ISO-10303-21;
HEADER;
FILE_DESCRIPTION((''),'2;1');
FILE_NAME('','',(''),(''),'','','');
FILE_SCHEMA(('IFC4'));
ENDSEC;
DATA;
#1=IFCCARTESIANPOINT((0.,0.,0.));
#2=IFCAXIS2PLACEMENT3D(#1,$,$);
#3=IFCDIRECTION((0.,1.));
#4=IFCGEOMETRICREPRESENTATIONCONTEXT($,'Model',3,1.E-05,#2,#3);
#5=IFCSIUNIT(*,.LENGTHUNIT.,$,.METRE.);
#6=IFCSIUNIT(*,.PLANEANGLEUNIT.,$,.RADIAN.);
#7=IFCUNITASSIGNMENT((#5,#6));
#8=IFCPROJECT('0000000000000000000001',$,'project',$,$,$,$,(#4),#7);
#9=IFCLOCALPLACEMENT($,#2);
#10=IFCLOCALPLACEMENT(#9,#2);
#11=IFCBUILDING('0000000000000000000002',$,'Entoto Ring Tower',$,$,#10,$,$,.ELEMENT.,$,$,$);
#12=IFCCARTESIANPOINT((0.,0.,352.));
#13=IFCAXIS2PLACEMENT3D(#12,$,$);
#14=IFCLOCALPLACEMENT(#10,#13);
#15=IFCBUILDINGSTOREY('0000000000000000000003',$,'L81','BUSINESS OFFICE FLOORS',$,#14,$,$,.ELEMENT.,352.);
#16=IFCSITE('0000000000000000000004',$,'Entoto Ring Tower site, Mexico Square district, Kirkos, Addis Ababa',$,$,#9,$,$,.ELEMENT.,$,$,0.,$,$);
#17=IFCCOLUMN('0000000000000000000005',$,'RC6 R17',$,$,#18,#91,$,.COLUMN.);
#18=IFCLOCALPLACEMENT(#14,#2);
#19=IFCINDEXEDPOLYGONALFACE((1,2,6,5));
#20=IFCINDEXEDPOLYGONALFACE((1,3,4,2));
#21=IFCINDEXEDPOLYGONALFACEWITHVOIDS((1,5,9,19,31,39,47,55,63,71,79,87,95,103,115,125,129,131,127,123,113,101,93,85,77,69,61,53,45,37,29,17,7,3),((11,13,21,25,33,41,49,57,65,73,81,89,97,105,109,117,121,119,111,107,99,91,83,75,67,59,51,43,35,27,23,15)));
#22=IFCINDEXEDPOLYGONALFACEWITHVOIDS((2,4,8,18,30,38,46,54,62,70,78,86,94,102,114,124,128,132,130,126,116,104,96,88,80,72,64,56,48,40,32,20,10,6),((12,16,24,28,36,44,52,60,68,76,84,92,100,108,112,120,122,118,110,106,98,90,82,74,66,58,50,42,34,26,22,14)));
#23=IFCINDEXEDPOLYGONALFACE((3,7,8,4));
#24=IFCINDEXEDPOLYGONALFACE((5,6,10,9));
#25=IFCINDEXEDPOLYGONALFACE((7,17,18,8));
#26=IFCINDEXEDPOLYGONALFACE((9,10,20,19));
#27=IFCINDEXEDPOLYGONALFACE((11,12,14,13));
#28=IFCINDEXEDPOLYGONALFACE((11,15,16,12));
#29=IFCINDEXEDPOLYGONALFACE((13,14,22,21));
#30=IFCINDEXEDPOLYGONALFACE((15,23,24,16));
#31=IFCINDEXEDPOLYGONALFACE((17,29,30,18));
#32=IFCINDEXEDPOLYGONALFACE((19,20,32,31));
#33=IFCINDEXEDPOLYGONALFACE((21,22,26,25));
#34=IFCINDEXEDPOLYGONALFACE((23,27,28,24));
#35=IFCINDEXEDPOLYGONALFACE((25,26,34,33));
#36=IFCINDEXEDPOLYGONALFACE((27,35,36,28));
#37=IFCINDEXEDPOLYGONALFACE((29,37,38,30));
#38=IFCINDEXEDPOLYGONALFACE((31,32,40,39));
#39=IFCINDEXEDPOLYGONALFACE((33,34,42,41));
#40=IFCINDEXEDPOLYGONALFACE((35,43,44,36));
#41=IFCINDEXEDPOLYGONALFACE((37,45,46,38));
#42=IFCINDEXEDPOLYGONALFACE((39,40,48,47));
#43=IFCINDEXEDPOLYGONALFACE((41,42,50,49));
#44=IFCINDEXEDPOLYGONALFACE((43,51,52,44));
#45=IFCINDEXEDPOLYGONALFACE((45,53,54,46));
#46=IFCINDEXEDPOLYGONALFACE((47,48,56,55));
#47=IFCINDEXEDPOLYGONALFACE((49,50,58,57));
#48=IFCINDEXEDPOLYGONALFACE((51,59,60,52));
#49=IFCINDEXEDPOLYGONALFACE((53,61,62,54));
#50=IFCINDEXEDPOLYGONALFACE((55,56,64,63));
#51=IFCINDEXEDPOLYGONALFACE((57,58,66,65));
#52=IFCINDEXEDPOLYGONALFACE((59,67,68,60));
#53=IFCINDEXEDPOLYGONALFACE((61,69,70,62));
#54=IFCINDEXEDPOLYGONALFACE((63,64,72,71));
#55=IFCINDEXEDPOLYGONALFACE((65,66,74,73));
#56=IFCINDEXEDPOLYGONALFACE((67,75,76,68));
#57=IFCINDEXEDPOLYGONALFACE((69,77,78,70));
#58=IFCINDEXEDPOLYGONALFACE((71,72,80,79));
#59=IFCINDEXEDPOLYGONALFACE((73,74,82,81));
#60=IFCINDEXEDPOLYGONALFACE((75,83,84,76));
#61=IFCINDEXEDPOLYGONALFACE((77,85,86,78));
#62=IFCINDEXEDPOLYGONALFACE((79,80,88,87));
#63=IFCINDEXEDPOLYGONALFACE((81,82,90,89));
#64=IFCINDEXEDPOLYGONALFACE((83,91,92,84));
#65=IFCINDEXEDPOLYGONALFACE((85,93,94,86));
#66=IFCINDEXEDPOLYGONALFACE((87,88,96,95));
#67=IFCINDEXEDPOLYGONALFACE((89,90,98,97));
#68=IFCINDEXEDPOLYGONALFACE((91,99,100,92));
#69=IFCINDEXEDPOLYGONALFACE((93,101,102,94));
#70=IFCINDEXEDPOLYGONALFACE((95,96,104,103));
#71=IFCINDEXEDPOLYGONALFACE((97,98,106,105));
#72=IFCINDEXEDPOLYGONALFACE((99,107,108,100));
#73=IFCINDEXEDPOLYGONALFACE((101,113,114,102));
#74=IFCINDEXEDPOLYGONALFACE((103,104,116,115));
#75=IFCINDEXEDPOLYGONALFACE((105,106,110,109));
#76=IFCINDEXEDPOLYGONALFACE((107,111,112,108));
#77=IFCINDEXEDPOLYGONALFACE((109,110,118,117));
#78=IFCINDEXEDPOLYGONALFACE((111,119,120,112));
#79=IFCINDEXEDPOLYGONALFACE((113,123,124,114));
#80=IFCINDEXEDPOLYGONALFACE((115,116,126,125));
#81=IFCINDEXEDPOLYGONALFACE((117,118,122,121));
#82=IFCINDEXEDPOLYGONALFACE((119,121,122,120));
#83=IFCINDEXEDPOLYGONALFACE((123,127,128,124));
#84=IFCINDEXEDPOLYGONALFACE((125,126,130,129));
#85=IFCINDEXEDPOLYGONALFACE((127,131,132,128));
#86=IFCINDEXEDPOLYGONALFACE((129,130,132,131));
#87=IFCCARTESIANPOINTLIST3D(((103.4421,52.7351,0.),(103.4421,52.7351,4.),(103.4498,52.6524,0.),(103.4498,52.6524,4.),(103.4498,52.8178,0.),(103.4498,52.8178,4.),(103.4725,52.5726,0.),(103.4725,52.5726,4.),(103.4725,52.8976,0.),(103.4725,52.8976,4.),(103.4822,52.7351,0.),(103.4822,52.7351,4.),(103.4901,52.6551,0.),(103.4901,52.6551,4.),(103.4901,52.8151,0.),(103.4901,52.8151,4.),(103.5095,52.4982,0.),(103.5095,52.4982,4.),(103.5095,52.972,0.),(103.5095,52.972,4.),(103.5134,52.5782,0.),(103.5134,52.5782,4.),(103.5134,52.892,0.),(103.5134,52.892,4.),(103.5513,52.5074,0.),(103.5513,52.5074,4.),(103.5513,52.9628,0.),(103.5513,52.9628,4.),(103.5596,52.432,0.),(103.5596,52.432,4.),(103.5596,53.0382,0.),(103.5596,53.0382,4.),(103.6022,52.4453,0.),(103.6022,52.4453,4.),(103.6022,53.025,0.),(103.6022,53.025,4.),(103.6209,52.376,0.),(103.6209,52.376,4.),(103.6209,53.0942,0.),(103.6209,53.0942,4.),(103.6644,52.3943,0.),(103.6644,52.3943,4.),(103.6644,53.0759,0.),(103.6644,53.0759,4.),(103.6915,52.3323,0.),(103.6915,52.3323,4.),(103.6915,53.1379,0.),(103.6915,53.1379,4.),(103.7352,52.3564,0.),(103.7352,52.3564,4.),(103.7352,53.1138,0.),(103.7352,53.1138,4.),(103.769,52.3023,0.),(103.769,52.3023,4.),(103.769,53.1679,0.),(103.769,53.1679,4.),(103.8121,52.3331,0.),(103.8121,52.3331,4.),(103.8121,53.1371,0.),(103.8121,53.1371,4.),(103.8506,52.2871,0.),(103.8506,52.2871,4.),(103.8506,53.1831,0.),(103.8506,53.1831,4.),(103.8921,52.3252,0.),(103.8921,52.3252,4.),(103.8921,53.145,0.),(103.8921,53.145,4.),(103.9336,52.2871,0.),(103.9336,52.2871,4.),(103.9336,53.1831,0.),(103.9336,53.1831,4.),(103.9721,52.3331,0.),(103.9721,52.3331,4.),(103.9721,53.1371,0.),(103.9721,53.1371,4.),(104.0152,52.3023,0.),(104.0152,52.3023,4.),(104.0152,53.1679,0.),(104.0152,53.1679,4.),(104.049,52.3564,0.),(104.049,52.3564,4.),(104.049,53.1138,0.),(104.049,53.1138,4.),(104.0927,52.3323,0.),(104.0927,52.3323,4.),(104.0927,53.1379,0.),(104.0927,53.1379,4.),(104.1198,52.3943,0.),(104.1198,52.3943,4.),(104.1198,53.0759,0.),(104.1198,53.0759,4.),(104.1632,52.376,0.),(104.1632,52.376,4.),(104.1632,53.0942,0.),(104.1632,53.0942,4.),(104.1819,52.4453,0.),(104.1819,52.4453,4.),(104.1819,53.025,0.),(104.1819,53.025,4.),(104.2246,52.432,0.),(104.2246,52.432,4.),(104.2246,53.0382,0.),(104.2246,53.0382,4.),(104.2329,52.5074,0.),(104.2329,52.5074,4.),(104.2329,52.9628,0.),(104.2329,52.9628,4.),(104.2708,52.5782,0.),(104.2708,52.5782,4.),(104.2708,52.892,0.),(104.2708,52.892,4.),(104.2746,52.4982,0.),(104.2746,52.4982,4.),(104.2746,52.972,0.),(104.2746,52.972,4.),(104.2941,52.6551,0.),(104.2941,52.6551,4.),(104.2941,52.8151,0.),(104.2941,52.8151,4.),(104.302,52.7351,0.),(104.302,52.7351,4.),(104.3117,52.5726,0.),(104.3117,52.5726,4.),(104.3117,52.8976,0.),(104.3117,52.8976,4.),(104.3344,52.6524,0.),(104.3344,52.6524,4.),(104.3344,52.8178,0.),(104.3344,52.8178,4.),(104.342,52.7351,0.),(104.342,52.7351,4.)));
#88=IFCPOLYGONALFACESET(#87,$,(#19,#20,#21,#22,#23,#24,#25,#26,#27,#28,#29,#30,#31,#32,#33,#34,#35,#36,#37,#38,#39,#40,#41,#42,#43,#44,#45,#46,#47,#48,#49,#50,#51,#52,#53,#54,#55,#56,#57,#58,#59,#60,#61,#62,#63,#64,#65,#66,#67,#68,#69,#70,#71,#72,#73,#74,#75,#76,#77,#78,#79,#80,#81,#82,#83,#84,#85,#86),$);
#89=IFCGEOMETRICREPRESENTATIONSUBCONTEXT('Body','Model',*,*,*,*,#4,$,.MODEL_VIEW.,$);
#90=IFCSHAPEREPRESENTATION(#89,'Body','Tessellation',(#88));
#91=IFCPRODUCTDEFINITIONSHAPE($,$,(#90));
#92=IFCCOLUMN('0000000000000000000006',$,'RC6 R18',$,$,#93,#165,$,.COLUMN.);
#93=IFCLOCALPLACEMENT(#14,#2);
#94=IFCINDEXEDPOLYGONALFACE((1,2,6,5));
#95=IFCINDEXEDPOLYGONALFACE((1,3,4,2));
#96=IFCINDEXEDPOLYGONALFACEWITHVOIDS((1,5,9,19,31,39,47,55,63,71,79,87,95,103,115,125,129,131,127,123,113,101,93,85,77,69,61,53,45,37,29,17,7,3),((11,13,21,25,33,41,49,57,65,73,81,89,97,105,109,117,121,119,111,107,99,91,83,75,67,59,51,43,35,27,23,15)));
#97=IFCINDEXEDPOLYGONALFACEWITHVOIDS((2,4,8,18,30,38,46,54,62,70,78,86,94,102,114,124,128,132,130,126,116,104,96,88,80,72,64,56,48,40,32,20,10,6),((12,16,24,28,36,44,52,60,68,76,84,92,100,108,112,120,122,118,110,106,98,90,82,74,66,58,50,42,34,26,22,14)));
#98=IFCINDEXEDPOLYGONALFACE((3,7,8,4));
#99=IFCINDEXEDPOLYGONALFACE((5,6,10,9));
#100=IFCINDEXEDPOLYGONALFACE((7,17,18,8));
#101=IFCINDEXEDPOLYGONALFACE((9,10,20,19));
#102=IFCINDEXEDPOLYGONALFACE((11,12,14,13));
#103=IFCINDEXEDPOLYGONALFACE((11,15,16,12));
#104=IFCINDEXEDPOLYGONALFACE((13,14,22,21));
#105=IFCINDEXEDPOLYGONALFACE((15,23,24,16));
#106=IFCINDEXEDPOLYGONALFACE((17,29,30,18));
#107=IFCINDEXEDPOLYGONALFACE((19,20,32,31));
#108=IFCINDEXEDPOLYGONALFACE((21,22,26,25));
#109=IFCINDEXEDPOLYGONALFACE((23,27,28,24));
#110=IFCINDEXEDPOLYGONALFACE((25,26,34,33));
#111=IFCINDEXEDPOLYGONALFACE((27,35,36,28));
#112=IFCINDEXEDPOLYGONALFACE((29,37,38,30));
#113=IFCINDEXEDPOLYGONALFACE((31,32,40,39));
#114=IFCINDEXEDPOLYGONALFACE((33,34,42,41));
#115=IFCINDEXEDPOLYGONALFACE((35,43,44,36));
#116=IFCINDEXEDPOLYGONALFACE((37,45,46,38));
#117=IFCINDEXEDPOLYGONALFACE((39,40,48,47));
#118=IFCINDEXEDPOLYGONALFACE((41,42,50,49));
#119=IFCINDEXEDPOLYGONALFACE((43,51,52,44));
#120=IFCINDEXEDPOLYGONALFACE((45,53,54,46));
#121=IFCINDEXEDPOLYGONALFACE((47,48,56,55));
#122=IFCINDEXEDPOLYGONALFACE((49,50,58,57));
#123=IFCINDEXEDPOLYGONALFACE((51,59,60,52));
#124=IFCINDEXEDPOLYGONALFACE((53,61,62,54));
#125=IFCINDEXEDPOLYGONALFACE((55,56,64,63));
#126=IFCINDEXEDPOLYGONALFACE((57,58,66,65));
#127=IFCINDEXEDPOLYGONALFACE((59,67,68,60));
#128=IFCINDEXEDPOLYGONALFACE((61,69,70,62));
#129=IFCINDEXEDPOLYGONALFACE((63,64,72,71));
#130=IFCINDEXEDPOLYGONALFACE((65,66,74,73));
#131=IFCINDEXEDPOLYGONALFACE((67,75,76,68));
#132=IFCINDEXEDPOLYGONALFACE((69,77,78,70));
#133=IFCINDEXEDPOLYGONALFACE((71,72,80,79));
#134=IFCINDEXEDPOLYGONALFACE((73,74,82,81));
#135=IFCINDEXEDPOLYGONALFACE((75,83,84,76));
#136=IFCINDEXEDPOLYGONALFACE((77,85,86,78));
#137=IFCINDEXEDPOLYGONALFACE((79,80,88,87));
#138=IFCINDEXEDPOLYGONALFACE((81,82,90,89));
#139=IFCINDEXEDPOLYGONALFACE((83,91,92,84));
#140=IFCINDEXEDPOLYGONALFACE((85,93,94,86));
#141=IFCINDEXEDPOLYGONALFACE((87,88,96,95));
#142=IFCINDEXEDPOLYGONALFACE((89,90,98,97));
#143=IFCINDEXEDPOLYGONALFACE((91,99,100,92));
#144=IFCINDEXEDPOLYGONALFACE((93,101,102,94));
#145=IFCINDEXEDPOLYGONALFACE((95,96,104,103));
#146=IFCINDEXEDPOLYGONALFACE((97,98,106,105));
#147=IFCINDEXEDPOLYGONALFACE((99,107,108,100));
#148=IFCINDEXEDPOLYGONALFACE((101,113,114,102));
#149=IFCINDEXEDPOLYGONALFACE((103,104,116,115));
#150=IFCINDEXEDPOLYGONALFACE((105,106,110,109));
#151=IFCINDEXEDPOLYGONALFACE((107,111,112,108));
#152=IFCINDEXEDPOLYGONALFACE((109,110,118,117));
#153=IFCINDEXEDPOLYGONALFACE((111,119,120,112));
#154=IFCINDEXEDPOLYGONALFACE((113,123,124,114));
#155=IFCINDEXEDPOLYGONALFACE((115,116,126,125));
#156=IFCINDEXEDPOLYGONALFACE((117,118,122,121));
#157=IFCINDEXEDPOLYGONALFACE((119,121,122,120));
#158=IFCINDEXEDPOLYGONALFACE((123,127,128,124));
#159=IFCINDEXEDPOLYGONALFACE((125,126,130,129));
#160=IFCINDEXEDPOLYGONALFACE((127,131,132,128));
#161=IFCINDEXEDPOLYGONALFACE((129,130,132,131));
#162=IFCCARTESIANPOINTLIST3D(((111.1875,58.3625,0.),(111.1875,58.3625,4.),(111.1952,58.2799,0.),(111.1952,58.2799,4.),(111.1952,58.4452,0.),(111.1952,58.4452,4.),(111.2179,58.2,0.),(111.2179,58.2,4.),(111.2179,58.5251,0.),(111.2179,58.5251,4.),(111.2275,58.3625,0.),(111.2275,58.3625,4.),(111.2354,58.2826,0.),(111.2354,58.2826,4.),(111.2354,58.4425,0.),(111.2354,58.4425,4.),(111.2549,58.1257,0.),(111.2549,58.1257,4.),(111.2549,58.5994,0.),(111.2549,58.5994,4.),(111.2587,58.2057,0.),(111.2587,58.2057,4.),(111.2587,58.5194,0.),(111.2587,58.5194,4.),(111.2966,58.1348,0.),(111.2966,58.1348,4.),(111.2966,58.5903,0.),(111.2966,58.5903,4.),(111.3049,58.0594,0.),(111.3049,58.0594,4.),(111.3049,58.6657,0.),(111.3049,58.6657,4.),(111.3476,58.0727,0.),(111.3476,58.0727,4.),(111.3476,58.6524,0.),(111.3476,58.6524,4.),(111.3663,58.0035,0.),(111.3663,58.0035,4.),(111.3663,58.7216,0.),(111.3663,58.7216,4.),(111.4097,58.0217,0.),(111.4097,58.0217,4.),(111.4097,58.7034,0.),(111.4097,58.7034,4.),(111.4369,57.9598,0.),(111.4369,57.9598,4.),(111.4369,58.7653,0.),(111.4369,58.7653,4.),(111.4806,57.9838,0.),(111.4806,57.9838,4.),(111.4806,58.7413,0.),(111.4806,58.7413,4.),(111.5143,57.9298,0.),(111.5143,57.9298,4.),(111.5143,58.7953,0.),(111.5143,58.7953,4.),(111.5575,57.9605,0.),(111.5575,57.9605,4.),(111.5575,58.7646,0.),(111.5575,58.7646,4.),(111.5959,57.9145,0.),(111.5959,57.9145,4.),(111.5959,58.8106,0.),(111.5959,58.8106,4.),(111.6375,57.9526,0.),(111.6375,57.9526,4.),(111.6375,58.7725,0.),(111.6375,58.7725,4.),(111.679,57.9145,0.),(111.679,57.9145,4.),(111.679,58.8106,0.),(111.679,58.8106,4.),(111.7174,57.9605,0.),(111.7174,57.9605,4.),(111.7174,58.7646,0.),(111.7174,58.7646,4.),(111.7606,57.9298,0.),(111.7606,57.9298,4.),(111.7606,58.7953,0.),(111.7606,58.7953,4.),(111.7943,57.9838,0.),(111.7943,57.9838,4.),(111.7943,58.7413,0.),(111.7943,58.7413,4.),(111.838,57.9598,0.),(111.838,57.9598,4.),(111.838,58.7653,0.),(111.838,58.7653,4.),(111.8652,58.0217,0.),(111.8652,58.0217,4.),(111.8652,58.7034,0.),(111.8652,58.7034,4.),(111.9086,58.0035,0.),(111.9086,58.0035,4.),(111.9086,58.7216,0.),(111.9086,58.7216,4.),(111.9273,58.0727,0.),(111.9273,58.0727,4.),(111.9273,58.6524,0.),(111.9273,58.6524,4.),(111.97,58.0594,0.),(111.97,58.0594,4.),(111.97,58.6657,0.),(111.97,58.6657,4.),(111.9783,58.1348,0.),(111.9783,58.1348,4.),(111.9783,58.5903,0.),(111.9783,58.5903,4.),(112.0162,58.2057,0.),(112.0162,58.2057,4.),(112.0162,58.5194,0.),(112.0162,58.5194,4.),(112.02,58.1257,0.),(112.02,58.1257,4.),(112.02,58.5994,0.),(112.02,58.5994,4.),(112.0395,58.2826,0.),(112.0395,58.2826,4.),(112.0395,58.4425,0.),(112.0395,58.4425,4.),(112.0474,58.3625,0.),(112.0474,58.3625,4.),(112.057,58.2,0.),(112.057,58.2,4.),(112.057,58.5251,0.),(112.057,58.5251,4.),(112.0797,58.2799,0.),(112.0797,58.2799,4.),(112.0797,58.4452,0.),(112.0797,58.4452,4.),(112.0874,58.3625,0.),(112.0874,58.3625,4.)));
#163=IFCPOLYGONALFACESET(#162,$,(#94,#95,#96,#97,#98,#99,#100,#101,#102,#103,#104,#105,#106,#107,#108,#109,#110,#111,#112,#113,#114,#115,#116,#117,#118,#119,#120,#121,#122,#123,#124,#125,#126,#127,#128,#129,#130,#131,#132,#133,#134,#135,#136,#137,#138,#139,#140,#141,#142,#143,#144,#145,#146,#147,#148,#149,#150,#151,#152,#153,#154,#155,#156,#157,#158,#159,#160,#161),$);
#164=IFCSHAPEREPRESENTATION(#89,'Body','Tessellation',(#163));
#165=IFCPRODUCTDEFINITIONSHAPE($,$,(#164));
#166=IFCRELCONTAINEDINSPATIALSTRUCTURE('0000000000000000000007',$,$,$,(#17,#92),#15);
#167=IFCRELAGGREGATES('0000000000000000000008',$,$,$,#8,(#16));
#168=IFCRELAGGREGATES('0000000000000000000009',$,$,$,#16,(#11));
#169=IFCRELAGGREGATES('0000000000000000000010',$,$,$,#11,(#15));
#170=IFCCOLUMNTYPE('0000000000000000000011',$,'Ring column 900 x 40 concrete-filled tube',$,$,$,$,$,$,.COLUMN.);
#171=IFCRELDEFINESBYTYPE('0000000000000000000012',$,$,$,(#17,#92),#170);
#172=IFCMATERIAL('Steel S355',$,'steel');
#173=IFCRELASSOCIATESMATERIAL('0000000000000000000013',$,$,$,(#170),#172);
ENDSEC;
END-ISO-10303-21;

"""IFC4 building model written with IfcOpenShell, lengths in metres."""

from ifc_helpers import new_model, si_unit, direction, frame, origin, origin_2d, place, context, subcontext, project, spatial, circle, hollow_circle, extrude, material, material_profile, profile_set, type_object, element, save


model = new_model("IFC4")

# Units and contexts
model_context = context("Model", 3, precision=1e-05, world=origin(), true_north=direction((0.0, 1.0)))
body_context = subcontext(model_context, "Body", "Model", "MODEL_VIEW")
ifc_project = project(units=[si_unit("LENGTHUNIT", "METRE"), si_unit("PLANEANGLEUNIT", "RADIAN")], contexts=[model_context])

# Site, building, storey
site_placement = place(None, origin())
site = spatial("IfcSite", under=ifc_project, at=site_placement, Name="Entoto Ring Tower site, Mexico Square district, Kirkos, Addis Ababa", CompositionType="ELEMENT", RefElevation=0.0)
building_placement = place(site_placement, origin())
building = spatial("IfcBuilding", under=site, at=building_placement, Name="Entoto Ring Tower", CompositionType="ELEMENT")
storey_placement = place(building_placement, frame((0.0, 0.0, 352.0)))
storey = spatial("IfcBuildingStorey", under=building, at=storey_placement, Name="L81", Description="BUSINESS OFFICE FLOORS", CompositionType="ELEMENT", Elevation=352.0)

# Columns
ifc_material_1 = material(Name="Steel S355", Category="steel")
ifc_material_profile_1 = material_profile(ifc_material_1, hollow_circle(Radius=0.45, WallThickness=0.04, at=origin_2d()), Name="CHS 900 x 40")
ifc_material_2 = material(Name="Concrete C60/75", Category="concrete")
ifc_material_profile_2 = material_profile(ifc_material_2, circle(Radius=0.4099, at=origin_2d()), Name="Concrete C60/75 infill")
ifc_profile_set_1 = profile_set([ifc_material_profile_1, ifc_material_profile_2], Name="Steel S355")
column_type = type_object("IfcColumnType", Name="Ring column 900 x 40 concrete-filled tube", PredefinedType="COLUMN", material=ifc_profile_set_1)
for number, where, z_axis, x_axis, name in (
    (1, (103.8921, 52.7351, 0.0), (0.0, 0.0, 1.0), (1.0, 0.0, 0.0), "RC6 R17"),
    (2, (111.6375, 58.3625, 0.0), (0.0, 0.0, 1.0), (1.0, 0.0, 0.0), "RC6 R18"),
):
    element("IfcColumn", number, at=place(storey_placement, frame(where, z_axis=z_axis, x_axis=x_axis)), inside=storey, type_object=column_type, Name=name, PredefinedType="COLUMN", context=body_context, shape_type="SweptSolid", body=[
        extrude(hollow_circle(Radius=0.45, WallThickness=0.04, at=origin_2d()), origin(), (0.0, 0.0, 1.0), 4.0),
    ])

save(model, "model.ifc")
